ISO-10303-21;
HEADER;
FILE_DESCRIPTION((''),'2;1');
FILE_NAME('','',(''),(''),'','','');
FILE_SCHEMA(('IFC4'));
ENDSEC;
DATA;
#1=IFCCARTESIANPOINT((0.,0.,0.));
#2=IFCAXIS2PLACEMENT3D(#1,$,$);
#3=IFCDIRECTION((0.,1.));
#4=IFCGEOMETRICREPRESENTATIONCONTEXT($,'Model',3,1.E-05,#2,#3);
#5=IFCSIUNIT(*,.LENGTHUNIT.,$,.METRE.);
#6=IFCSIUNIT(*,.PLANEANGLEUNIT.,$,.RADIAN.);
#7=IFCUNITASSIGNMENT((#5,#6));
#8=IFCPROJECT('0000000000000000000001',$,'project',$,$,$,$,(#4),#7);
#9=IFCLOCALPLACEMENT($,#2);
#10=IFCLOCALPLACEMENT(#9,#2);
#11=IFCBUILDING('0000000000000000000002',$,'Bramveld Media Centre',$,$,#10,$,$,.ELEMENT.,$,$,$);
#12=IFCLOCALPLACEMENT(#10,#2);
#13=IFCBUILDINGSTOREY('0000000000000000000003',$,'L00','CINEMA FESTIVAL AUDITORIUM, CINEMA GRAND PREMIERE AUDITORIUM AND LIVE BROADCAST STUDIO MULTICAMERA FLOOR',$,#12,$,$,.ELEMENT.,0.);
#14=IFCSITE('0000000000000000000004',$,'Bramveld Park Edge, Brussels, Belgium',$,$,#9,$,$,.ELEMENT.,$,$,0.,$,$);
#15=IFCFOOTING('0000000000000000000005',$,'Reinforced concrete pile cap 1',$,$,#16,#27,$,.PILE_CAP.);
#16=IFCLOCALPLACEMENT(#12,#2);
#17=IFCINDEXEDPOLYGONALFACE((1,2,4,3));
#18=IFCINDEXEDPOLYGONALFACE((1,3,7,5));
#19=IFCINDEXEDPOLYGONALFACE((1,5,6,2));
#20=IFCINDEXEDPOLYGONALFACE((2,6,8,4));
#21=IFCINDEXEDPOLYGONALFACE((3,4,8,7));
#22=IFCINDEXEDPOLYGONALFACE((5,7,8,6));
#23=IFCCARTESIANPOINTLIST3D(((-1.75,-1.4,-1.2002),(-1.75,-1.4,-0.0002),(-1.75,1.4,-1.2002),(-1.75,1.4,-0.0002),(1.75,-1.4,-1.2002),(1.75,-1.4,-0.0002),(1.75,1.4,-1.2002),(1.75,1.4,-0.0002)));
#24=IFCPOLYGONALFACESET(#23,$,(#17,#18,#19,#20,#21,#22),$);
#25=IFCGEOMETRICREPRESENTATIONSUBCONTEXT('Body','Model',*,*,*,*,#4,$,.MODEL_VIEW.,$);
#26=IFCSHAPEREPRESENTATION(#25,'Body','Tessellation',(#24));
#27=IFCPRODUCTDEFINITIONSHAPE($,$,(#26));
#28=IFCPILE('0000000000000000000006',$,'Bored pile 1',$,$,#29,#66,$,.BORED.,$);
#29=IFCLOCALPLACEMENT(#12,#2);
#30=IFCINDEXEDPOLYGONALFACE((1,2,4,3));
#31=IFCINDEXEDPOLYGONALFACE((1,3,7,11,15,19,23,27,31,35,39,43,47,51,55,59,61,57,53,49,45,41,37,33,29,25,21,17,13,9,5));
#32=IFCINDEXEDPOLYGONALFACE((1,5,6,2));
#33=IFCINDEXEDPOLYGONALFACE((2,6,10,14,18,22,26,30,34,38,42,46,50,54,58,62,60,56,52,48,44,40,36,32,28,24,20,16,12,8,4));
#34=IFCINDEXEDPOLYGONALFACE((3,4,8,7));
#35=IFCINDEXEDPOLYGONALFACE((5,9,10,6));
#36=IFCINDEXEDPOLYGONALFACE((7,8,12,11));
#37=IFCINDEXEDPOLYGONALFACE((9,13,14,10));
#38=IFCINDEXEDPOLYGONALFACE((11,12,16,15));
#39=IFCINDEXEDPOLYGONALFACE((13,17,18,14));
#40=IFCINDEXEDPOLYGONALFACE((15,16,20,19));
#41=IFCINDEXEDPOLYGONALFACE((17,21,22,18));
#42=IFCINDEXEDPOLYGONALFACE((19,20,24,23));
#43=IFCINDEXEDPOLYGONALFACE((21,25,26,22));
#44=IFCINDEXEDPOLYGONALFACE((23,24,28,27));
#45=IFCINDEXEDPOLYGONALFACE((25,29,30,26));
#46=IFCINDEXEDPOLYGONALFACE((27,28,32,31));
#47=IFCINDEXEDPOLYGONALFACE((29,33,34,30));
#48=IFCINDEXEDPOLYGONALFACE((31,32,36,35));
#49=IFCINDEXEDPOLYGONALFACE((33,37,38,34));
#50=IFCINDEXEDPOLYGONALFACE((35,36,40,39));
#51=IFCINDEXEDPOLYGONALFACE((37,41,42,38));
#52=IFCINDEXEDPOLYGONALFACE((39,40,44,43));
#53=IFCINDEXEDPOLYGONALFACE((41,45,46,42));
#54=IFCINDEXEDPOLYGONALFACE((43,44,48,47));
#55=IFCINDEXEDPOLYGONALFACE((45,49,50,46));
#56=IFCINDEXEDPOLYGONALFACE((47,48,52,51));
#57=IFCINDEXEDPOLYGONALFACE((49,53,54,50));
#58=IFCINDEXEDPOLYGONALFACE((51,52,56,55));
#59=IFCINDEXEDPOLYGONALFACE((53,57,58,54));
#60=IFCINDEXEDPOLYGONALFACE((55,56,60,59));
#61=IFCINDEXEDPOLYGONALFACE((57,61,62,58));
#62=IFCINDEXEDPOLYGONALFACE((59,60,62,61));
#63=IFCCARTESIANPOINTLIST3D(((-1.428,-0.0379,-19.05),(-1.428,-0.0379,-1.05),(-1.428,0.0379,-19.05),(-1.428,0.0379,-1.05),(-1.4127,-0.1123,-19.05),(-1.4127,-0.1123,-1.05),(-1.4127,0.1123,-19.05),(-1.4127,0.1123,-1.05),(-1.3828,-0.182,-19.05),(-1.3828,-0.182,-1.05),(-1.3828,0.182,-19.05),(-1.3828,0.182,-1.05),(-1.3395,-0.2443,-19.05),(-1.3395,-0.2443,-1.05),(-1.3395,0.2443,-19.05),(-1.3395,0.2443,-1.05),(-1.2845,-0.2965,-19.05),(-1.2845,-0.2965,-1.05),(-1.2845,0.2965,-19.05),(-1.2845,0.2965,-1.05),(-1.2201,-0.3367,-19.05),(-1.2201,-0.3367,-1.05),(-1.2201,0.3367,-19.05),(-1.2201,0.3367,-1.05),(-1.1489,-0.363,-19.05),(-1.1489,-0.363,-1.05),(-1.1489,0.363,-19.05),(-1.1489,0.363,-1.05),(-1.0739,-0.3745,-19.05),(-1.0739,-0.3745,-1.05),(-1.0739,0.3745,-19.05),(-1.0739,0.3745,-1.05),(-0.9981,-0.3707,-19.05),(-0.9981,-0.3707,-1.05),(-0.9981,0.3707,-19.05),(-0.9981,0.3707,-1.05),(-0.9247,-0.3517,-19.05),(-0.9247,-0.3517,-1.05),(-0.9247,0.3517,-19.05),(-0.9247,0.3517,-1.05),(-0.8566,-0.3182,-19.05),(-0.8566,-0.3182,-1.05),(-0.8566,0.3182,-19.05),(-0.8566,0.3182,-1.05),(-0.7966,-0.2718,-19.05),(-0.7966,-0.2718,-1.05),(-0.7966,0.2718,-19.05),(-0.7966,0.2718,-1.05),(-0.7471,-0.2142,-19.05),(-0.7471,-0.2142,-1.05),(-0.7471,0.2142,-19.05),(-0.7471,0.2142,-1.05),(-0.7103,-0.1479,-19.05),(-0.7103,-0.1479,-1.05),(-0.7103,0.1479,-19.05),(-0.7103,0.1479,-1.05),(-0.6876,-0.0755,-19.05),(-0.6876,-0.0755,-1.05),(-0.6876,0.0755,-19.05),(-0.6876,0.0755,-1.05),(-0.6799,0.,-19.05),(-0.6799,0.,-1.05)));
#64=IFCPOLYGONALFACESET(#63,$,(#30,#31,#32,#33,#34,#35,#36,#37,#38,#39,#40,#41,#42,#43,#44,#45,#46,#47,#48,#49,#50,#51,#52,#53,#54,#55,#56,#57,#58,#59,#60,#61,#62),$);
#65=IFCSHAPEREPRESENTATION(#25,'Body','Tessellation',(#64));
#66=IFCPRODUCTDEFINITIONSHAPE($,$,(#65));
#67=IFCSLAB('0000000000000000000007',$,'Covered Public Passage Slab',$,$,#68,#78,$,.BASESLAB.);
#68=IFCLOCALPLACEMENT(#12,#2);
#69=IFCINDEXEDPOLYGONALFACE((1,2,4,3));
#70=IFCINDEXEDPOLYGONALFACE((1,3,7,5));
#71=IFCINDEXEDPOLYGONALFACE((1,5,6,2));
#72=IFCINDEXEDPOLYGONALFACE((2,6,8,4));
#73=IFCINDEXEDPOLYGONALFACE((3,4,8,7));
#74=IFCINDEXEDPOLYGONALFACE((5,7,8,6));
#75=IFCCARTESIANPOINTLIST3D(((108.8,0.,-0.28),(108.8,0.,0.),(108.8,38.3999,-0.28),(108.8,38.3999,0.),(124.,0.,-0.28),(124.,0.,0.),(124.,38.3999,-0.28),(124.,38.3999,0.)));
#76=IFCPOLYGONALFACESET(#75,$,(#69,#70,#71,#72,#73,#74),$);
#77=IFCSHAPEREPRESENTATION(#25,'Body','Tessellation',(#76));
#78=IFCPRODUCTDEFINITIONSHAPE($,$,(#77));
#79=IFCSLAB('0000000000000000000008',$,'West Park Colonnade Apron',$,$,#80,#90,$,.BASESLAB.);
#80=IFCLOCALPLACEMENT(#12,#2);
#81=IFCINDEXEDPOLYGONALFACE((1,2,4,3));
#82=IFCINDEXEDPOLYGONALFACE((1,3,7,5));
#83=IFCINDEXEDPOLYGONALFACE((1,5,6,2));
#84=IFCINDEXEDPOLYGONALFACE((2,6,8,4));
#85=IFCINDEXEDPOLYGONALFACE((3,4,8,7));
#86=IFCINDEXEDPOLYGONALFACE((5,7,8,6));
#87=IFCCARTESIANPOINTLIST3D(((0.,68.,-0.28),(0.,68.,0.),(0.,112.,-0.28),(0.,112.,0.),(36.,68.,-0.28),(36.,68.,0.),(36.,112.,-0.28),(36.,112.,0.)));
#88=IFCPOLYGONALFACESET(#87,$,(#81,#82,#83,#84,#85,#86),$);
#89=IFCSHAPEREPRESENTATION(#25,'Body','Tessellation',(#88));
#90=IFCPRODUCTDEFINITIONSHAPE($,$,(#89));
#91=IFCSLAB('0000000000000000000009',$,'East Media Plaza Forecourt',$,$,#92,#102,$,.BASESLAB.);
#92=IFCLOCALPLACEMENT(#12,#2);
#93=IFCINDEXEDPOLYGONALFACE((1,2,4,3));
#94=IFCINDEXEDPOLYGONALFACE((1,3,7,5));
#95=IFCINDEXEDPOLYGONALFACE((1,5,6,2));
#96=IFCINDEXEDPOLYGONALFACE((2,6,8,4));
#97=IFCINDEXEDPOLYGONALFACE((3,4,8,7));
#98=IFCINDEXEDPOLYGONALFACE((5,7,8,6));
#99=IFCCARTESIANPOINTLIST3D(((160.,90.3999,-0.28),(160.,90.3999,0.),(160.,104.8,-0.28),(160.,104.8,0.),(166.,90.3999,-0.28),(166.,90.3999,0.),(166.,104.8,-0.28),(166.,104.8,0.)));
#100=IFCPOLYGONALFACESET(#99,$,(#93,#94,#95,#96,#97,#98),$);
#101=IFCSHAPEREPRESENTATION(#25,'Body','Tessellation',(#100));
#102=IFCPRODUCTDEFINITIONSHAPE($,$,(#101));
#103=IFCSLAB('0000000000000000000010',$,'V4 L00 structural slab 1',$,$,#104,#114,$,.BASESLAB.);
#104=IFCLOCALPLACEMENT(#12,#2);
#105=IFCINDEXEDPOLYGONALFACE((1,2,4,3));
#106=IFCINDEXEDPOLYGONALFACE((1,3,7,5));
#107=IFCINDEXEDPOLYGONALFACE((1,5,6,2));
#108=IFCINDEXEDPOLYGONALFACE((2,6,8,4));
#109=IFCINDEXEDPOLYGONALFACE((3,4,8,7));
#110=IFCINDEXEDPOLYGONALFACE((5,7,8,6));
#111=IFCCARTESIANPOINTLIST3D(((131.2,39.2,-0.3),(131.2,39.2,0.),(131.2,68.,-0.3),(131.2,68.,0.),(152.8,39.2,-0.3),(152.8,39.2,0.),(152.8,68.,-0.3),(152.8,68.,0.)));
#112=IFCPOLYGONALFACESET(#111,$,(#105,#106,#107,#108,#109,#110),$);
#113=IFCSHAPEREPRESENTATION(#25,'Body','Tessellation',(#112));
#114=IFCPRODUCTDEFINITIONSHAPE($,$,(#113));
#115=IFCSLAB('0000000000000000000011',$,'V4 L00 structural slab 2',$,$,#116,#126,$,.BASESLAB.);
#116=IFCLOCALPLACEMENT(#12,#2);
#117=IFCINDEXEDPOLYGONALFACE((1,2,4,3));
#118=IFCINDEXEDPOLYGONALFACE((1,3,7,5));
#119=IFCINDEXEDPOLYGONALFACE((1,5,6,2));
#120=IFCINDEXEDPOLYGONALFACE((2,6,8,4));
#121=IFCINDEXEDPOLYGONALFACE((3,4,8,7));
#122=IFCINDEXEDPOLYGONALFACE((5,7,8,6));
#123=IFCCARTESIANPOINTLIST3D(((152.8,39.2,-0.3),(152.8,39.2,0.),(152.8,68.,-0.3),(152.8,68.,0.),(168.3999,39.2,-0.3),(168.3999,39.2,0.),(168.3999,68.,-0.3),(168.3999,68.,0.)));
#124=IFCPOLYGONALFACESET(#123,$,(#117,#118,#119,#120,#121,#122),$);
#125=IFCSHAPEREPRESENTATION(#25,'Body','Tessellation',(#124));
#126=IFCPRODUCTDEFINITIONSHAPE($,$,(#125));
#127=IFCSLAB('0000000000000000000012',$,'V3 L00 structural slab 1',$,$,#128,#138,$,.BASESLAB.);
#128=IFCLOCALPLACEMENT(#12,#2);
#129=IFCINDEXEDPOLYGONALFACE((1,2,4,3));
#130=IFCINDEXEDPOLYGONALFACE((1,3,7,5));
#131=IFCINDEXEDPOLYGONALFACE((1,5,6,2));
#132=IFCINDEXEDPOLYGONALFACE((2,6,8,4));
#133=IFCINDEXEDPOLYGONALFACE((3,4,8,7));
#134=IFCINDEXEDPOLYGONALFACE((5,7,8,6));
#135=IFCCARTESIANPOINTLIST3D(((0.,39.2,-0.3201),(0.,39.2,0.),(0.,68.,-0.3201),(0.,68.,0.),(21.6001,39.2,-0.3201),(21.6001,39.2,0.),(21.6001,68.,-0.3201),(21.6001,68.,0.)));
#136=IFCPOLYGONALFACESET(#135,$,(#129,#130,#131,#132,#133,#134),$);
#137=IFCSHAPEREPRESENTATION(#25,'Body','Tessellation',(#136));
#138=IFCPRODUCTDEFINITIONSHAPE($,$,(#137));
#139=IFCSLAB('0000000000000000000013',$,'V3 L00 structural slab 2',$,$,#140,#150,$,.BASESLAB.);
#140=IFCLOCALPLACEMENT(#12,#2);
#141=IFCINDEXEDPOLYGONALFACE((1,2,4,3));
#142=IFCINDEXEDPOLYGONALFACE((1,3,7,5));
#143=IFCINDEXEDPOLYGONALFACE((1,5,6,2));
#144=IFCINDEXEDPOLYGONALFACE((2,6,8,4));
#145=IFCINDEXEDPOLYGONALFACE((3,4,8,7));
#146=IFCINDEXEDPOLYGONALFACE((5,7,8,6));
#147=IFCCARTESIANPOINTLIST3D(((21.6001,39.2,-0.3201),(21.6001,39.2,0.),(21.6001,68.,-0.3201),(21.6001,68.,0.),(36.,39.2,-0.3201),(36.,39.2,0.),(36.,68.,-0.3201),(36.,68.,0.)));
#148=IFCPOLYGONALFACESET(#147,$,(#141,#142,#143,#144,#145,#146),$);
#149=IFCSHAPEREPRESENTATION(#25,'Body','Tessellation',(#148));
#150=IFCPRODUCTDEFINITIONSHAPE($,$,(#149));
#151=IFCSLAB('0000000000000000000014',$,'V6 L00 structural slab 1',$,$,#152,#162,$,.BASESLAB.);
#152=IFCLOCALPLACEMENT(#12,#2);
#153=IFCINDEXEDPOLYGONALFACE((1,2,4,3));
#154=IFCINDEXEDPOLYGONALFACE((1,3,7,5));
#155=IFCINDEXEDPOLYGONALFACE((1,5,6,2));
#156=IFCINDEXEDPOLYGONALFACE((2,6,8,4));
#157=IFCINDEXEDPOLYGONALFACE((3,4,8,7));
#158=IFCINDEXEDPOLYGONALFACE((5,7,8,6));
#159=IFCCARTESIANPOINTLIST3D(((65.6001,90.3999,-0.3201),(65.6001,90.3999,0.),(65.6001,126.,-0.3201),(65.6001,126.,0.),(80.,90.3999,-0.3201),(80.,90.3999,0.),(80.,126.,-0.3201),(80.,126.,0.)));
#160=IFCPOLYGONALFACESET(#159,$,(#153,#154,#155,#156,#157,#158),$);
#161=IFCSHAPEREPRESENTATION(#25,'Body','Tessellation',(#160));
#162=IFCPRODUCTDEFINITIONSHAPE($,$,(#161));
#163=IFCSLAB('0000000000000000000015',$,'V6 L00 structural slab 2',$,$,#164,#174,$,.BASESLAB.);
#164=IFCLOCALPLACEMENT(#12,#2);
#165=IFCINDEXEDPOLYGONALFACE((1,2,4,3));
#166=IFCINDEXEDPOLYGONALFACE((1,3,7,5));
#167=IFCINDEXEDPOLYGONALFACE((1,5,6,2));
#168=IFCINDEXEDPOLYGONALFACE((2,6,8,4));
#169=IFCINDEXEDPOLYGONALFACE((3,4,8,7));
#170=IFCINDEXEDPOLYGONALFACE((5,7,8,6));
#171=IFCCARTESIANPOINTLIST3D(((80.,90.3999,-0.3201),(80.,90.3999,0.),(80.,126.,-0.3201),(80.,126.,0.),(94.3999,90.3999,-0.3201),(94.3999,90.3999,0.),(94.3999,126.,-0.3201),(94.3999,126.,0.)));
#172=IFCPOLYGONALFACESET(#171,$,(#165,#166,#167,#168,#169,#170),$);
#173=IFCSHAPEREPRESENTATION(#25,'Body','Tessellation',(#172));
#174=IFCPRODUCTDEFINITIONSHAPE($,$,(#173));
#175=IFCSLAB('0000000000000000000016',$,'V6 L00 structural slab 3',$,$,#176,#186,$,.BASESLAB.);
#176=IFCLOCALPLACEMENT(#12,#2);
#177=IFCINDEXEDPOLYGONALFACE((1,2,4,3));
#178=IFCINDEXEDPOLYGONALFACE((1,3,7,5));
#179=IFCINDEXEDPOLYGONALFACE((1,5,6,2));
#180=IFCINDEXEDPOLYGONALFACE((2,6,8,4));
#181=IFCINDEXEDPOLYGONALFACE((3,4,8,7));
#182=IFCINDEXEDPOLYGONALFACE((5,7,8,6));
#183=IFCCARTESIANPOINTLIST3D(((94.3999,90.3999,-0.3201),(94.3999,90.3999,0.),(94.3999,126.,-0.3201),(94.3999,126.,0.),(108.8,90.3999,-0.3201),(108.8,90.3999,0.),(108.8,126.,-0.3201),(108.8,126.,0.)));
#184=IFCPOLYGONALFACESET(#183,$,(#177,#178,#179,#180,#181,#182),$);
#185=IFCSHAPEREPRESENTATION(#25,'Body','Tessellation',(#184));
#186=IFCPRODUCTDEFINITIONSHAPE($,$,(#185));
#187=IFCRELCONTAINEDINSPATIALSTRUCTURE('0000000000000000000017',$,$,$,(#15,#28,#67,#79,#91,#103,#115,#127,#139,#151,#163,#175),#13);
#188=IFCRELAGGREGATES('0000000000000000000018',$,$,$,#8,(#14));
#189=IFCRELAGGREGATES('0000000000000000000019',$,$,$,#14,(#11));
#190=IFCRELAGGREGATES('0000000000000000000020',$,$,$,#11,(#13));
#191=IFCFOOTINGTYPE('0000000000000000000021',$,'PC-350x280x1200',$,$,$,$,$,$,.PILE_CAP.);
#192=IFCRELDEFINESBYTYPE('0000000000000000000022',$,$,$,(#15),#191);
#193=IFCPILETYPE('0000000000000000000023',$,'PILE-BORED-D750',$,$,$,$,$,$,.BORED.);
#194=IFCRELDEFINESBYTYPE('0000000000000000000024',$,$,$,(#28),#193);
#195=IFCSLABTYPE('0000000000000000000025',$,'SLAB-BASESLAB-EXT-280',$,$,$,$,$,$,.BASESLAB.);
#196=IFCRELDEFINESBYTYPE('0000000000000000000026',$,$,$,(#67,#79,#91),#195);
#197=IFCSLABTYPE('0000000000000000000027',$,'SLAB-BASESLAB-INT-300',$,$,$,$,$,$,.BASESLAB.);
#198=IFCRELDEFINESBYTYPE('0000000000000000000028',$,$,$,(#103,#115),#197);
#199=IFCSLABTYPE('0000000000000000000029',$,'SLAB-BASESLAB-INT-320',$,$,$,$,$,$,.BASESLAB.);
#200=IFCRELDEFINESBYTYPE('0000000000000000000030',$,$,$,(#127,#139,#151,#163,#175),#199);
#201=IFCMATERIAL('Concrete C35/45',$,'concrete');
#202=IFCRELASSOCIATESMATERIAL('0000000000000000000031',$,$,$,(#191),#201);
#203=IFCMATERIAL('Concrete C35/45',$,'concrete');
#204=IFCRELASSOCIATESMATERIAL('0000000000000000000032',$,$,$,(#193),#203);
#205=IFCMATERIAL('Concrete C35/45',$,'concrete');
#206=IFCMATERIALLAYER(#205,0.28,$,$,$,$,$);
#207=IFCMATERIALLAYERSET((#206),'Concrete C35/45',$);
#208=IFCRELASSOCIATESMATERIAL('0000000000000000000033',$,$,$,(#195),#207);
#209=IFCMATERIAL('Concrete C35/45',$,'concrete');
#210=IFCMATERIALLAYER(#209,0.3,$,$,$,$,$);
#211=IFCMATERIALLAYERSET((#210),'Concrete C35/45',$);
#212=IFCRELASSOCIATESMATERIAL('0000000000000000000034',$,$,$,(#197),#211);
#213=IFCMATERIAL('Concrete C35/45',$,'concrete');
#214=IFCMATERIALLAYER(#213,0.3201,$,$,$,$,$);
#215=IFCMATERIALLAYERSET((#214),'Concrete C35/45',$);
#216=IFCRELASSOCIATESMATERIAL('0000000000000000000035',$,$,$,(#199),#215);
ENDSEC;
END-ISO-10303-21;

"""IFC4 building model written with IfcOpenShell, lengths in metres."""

from ifc_helpers import new_model, si_unit, direction, frame, origin, origin_2d, place, context, subcontext, project, spatial, polyline, rectangle, circle, outline, extrude, material, layer, layer_set, material_profile, profile_set, type_object, element, save


model = new_model("IFC4")

# Units and contexts
model_context = context("Model", 3, precision=1e-05, world=origin(), true_north=direction((0.0, 1.0)))
body_context = subcontext(model_context, "Body", "Model", "MODEL_VIEW")
ifc_project = project(units=[si_unit("LENGTHUNIT", "METRE"), si_unit("PLANEANGLEUNIT", "RADIAN")], contexts=[model_context])

# Site, building, storey
site_placement = place(None, origin())
site = spatial("IfcSite", under=ifc_project, at=site_placement, Name="Bramveld Park Edge, Brussels, Belgium", CompositionType="ELEMENT", RefElevation=0.0)
building_placement = place(site_placement, origin())
building = spatial("IfcBuilding", under=site, at=building_placement, Name="Bramveld Media Centre", CompositionType="ELEMENT")
storey_placement = place(building_placement, origin())
storey = spatial("IfcBuildingStorey", under=building, at=storey_placement, Name="L00", Description="CINEMA FESTIVAL AUDITORIUM, CINEMA GRAND PREMIERE AUDITORIUM AND LIVE BROADCAST STUDIO MULTICAMERA FLOOR", CompositionType="ELEMENT", Elevation=0.0)

# Footing
ifc_material_1 = material(Name="Concrete C35/45", Category="concrete")
footing_type = type_object("IfcFootingType", Name="PC-350x280x1200", PredefinedType="PILE_CAP", material=ifc_material_1)
footing_placement = place(storey_placement, frame((0.0, 0.0, -1.2002), z_axis=(0.0, 0.0, 1.0), x_axis=(1.0, 0.0, 0.0)))
element("IfcFooting", 1, at=footing_placement, inside=storey, type_object=footing_type, Name="Reinforced concrete pile cap 1", PredefinedType="PILE_CAP", context=body_context, shape_type="SweptSolid", body=[
    extrude(rectangle(XDim=3.5, YDim=2.8, at=origin_2d()), origin(), (0.0, 0.0, 1.0), 1.2),
])

# Pile
ifc_material_2 = material(Name="Concrete C35/45", Category="concrete")
ifc_material_profile = material_profile(ifc_material_2, circle(Radius=0.375, at=origin_2d()), Name="BORED D750")
ifc_profile_set = profile_set([ifc_material_profile], Name="Concrete C35/45")
pile_type = type_object("IfcPileType", Name="PILE-BORED-D750", PredefinedType="BORED", material=ifc_profile_set)
pile_placement = place(storey_placement, frame((-1.0549, 0.0, -1.05), z_axis=(0.0, 0.0, -1.0), x_axis=(1.0, 0.0, 0.0)))
element("IfcPile", 2, at=pile_placement, inside=storey, type_object=pile_type, Name="Bored pile 1", PredefinedType="BORED", context=body_context, shape_type="SweptSolid", body=[
    extrude(circle(Radius=0.375, at=origin_2d()), origin(), (0.0, 0.0, 1.0), 18.0),
])

# Slabs
ifc_material_3 = material(Name="Concrete C35/45", Category="concrete")
ifc_layer_1 = layer(ifc_material_3, 0.28)
ifc_layer_set_1 = layer_set([ifc_layer_1], Name="Concrete C35/45")
slab_type_1 = type_object("IfcSlabType", Name="SLAB-BASESLAB-EXT-280", PredefinedType="BASESLAB", material=ifc_layer_set_1)
slab_1_placement = place(storey_placement, frame((0.0, 0.0, -0.28)))
element("IfcSlab", 3, at=slab_1_placement, inside=storey, type_object=slab_type_1, Name="Covered Public Passage Slab", PredefinedType="BASESLAB", context=body_context, shape_type="SweptSolid", body=[
    extrude(outline(polyline([(108.8, 0.0), (124.0, 0.0), (124.0, 38.3999), (108.8, 38.3999), (108.8, 0.0)])), origin(), (0.0, 0.0, 1.0), 0.28),
])
slab_2_placement = place(storey_placement, frame((0.0, 0.0, -0.28)))
element("IfcSlab", 4, at=slab_2_placement, inside=storey, type_object=slab_type_1, Name="West Park Colonnade Apron", PredefinedType="BASESLAB", context=body_context, shape_type="SweptSolid", body=[
    extrude(outline(polyline([(0.0, 68.0), (36.0, 68.0), (36.0, 112.0), (0.0, 112.0), (0.0, 68.0)])), origin(), (0.0, 0.0, 1.0), 0.28),
])
slab_3_placement = place(storey_placement, frame((0.0, 0.0, -0.28)))
element("IfcSlab", 5, at=slab_3_placement, inside=storey, type_object=slab_type_1, Name="East Media Plaza Forecourt", PredefinedType="BASESLAB", context=body_context, shape_type="SweptSolid", body=[
    extrude(outline(polyline([(160.0, 90.3999), (166.0, 90.3999), (166.0, 104.8), (160.0, 104.8), (160.0, 90.3999)])), origin(), (0.0, 0.0, 1.0), 0.28),
])
ifc_material_4 = material(Name="Concrete C35/45", Category="concrete")
ifc_layer_2 = layer(ifc_material_4, 0.3)
ifc_layer_set_2 = layer_set([ifc_layer_2], Name="Concrete C35/45")
slab_type_2 = type_object("IfcSlabType", Name="SLAB-BASESLAB-INT-300", PredefinedType="BASESLAB", material=ifc_layer_set_2)
slab_4_placement = place(storey_placement, frame((0.0, 0.0, -0.3)))
element("IfcSlab", 6, at=slab_4_placement, inside=storey, type_object=slab_type_2, Name="V4 L00 structural slab 1", PredefinedType="BASESLAB", context=body_context, shape_type="SweptSolid", body=[
    extrude(outline(polyline([(131.2, 39.2), (131.2, 68.0), (152.8, 68.0), (152.8, 39.2), (131.2, 39.2)])), origin(), (0.0, 0.0, 1.0), 0.3),
])
slab_5_placement = place(storey_placement, frame((0.0, 0.0, -0.3)))
element("IfcSlab", 7, at=slab_5_placement, inside=storey, type_object=slab_type_2, Name="V4 L00 structural slab 2", PredefinedType="BASESLAB", context=body_context, shape_type="SweptSolid", body=[
    extrude(outline(polyline([(168.3999, 68.0), (168.3999, 39.2), (152.8, 39.2), (152.8, 68.0), (168.3999, 68.0)])), origin(), (0.0, 0.0, 1.0), 0.3),
])
ifc_material_5 = material(Name="Concrete C35/45", Category="concrete")
ifc_layer_3 = layer(ifc_material_5, 0.3201)
ifc_layer_set_3 = layer_set([ifc_layer_3], Name="Concrete C35/45")
slab_type_3 = type_object("IfcSlabType", Name="SLAB-BASESLAB-INT-320", PredefinedType="BASESLAB", material=ifc_layer_set_3)
slab_6_placement = place(storey_placement, frame((0.0, 0.0, -0.3201)))
element("IfcSlab", 8, at=slab_6_placement, inside=storey, type_object=slab_type_3, Name="V3 L00 structural slab 1", PredefinedType="BASESLAB", context=body_context, shape_type="SweptSolid", body=[
    extrude(outline(polyline([(0.0, 39.2), (0.0, 68.0), (21.6001, 68.0), (21.6001, 39.2), (0.0, 39.2)])), origin(), (0.0, 0.0, 1.0), 0.3201),
])
slab_7_placement = place(storey_placement, frame((0.0, 0.0, -0.3201)))
element("IfcSlab", 9, at=slab_7_placement, inside=storey, type_object=slab_type_3, Name="V3 L00 structural slab 2", PredefinedType="BASESLAB", context=body_context, shape_type="SweptSolid", body=[
    extrude(outline(polyline([(36.0, 68.0), (36.0, 39.2), (21.6001, 39.2), (21.6001, 68.0), (36.0, 68.0)])), origin(), (0.0, 0.0, 1.0), 0.3201),
])
slab_8_placement = place(storey_placement, frame((0.0, 0.0, -0.3201)))
element("IfcSlab", 10, at=slab_8_placement, inside=storey, type_object=slab_type_3, Name="V6 L00 structural slab 1", PredefinedType="BASESLAB", context=body_context, shape_type="SweptSolid", body=[
    extrude(outline(polyline([(65.6001, 90.3999), (65.6001, 126.0), (80.0, 126.0), (80.0, 90.3999), (65.6001, 90.3999)])), origin(), (0.0, 0.0, 1.0), 0.3201),
])
slab_9_placement = place(storey_placement, frame((0.0, 0.0, -0.3201)))
element("IfcSlab", 11, at=slab_9_placement, inside=storey, type_object=slab_type_3, Name="V6 L00 structural slab 2", PredefinedType="BASESLAB", context=body_context, shape_type="SweptSolid", body=[
    extrude(outline(polyline([(94.3999, 126.0), (94.3999, 90.3999), (80.0, 90.3999), (80.0, 126.0), (94.3999, 126.0)])), origin(), (0.0, 0.0, 1.0), 0.3201),
])
slab_10_placement = place(storey_placement, frame((0.0, 0.0, -0.3201)))
element("IfcSlab", 12, at=slab_10_placement, inside=storey, type_object=slab_type_3, Name="V6 L00 structural slab 3", PredefinedType="BASESLAB", context=body_context, shape_type="SweptSolid", body=[
    extrude(outline(polyline([(108.8, 126.0), (108.8, 90.3999), (94.3999, 90.3999), (94.3999, 126.0), (108.8, 126.0)])), origin(), (0.0, 0.0, 1.0), 0.3201),
])

save(model, "model.ifc")
